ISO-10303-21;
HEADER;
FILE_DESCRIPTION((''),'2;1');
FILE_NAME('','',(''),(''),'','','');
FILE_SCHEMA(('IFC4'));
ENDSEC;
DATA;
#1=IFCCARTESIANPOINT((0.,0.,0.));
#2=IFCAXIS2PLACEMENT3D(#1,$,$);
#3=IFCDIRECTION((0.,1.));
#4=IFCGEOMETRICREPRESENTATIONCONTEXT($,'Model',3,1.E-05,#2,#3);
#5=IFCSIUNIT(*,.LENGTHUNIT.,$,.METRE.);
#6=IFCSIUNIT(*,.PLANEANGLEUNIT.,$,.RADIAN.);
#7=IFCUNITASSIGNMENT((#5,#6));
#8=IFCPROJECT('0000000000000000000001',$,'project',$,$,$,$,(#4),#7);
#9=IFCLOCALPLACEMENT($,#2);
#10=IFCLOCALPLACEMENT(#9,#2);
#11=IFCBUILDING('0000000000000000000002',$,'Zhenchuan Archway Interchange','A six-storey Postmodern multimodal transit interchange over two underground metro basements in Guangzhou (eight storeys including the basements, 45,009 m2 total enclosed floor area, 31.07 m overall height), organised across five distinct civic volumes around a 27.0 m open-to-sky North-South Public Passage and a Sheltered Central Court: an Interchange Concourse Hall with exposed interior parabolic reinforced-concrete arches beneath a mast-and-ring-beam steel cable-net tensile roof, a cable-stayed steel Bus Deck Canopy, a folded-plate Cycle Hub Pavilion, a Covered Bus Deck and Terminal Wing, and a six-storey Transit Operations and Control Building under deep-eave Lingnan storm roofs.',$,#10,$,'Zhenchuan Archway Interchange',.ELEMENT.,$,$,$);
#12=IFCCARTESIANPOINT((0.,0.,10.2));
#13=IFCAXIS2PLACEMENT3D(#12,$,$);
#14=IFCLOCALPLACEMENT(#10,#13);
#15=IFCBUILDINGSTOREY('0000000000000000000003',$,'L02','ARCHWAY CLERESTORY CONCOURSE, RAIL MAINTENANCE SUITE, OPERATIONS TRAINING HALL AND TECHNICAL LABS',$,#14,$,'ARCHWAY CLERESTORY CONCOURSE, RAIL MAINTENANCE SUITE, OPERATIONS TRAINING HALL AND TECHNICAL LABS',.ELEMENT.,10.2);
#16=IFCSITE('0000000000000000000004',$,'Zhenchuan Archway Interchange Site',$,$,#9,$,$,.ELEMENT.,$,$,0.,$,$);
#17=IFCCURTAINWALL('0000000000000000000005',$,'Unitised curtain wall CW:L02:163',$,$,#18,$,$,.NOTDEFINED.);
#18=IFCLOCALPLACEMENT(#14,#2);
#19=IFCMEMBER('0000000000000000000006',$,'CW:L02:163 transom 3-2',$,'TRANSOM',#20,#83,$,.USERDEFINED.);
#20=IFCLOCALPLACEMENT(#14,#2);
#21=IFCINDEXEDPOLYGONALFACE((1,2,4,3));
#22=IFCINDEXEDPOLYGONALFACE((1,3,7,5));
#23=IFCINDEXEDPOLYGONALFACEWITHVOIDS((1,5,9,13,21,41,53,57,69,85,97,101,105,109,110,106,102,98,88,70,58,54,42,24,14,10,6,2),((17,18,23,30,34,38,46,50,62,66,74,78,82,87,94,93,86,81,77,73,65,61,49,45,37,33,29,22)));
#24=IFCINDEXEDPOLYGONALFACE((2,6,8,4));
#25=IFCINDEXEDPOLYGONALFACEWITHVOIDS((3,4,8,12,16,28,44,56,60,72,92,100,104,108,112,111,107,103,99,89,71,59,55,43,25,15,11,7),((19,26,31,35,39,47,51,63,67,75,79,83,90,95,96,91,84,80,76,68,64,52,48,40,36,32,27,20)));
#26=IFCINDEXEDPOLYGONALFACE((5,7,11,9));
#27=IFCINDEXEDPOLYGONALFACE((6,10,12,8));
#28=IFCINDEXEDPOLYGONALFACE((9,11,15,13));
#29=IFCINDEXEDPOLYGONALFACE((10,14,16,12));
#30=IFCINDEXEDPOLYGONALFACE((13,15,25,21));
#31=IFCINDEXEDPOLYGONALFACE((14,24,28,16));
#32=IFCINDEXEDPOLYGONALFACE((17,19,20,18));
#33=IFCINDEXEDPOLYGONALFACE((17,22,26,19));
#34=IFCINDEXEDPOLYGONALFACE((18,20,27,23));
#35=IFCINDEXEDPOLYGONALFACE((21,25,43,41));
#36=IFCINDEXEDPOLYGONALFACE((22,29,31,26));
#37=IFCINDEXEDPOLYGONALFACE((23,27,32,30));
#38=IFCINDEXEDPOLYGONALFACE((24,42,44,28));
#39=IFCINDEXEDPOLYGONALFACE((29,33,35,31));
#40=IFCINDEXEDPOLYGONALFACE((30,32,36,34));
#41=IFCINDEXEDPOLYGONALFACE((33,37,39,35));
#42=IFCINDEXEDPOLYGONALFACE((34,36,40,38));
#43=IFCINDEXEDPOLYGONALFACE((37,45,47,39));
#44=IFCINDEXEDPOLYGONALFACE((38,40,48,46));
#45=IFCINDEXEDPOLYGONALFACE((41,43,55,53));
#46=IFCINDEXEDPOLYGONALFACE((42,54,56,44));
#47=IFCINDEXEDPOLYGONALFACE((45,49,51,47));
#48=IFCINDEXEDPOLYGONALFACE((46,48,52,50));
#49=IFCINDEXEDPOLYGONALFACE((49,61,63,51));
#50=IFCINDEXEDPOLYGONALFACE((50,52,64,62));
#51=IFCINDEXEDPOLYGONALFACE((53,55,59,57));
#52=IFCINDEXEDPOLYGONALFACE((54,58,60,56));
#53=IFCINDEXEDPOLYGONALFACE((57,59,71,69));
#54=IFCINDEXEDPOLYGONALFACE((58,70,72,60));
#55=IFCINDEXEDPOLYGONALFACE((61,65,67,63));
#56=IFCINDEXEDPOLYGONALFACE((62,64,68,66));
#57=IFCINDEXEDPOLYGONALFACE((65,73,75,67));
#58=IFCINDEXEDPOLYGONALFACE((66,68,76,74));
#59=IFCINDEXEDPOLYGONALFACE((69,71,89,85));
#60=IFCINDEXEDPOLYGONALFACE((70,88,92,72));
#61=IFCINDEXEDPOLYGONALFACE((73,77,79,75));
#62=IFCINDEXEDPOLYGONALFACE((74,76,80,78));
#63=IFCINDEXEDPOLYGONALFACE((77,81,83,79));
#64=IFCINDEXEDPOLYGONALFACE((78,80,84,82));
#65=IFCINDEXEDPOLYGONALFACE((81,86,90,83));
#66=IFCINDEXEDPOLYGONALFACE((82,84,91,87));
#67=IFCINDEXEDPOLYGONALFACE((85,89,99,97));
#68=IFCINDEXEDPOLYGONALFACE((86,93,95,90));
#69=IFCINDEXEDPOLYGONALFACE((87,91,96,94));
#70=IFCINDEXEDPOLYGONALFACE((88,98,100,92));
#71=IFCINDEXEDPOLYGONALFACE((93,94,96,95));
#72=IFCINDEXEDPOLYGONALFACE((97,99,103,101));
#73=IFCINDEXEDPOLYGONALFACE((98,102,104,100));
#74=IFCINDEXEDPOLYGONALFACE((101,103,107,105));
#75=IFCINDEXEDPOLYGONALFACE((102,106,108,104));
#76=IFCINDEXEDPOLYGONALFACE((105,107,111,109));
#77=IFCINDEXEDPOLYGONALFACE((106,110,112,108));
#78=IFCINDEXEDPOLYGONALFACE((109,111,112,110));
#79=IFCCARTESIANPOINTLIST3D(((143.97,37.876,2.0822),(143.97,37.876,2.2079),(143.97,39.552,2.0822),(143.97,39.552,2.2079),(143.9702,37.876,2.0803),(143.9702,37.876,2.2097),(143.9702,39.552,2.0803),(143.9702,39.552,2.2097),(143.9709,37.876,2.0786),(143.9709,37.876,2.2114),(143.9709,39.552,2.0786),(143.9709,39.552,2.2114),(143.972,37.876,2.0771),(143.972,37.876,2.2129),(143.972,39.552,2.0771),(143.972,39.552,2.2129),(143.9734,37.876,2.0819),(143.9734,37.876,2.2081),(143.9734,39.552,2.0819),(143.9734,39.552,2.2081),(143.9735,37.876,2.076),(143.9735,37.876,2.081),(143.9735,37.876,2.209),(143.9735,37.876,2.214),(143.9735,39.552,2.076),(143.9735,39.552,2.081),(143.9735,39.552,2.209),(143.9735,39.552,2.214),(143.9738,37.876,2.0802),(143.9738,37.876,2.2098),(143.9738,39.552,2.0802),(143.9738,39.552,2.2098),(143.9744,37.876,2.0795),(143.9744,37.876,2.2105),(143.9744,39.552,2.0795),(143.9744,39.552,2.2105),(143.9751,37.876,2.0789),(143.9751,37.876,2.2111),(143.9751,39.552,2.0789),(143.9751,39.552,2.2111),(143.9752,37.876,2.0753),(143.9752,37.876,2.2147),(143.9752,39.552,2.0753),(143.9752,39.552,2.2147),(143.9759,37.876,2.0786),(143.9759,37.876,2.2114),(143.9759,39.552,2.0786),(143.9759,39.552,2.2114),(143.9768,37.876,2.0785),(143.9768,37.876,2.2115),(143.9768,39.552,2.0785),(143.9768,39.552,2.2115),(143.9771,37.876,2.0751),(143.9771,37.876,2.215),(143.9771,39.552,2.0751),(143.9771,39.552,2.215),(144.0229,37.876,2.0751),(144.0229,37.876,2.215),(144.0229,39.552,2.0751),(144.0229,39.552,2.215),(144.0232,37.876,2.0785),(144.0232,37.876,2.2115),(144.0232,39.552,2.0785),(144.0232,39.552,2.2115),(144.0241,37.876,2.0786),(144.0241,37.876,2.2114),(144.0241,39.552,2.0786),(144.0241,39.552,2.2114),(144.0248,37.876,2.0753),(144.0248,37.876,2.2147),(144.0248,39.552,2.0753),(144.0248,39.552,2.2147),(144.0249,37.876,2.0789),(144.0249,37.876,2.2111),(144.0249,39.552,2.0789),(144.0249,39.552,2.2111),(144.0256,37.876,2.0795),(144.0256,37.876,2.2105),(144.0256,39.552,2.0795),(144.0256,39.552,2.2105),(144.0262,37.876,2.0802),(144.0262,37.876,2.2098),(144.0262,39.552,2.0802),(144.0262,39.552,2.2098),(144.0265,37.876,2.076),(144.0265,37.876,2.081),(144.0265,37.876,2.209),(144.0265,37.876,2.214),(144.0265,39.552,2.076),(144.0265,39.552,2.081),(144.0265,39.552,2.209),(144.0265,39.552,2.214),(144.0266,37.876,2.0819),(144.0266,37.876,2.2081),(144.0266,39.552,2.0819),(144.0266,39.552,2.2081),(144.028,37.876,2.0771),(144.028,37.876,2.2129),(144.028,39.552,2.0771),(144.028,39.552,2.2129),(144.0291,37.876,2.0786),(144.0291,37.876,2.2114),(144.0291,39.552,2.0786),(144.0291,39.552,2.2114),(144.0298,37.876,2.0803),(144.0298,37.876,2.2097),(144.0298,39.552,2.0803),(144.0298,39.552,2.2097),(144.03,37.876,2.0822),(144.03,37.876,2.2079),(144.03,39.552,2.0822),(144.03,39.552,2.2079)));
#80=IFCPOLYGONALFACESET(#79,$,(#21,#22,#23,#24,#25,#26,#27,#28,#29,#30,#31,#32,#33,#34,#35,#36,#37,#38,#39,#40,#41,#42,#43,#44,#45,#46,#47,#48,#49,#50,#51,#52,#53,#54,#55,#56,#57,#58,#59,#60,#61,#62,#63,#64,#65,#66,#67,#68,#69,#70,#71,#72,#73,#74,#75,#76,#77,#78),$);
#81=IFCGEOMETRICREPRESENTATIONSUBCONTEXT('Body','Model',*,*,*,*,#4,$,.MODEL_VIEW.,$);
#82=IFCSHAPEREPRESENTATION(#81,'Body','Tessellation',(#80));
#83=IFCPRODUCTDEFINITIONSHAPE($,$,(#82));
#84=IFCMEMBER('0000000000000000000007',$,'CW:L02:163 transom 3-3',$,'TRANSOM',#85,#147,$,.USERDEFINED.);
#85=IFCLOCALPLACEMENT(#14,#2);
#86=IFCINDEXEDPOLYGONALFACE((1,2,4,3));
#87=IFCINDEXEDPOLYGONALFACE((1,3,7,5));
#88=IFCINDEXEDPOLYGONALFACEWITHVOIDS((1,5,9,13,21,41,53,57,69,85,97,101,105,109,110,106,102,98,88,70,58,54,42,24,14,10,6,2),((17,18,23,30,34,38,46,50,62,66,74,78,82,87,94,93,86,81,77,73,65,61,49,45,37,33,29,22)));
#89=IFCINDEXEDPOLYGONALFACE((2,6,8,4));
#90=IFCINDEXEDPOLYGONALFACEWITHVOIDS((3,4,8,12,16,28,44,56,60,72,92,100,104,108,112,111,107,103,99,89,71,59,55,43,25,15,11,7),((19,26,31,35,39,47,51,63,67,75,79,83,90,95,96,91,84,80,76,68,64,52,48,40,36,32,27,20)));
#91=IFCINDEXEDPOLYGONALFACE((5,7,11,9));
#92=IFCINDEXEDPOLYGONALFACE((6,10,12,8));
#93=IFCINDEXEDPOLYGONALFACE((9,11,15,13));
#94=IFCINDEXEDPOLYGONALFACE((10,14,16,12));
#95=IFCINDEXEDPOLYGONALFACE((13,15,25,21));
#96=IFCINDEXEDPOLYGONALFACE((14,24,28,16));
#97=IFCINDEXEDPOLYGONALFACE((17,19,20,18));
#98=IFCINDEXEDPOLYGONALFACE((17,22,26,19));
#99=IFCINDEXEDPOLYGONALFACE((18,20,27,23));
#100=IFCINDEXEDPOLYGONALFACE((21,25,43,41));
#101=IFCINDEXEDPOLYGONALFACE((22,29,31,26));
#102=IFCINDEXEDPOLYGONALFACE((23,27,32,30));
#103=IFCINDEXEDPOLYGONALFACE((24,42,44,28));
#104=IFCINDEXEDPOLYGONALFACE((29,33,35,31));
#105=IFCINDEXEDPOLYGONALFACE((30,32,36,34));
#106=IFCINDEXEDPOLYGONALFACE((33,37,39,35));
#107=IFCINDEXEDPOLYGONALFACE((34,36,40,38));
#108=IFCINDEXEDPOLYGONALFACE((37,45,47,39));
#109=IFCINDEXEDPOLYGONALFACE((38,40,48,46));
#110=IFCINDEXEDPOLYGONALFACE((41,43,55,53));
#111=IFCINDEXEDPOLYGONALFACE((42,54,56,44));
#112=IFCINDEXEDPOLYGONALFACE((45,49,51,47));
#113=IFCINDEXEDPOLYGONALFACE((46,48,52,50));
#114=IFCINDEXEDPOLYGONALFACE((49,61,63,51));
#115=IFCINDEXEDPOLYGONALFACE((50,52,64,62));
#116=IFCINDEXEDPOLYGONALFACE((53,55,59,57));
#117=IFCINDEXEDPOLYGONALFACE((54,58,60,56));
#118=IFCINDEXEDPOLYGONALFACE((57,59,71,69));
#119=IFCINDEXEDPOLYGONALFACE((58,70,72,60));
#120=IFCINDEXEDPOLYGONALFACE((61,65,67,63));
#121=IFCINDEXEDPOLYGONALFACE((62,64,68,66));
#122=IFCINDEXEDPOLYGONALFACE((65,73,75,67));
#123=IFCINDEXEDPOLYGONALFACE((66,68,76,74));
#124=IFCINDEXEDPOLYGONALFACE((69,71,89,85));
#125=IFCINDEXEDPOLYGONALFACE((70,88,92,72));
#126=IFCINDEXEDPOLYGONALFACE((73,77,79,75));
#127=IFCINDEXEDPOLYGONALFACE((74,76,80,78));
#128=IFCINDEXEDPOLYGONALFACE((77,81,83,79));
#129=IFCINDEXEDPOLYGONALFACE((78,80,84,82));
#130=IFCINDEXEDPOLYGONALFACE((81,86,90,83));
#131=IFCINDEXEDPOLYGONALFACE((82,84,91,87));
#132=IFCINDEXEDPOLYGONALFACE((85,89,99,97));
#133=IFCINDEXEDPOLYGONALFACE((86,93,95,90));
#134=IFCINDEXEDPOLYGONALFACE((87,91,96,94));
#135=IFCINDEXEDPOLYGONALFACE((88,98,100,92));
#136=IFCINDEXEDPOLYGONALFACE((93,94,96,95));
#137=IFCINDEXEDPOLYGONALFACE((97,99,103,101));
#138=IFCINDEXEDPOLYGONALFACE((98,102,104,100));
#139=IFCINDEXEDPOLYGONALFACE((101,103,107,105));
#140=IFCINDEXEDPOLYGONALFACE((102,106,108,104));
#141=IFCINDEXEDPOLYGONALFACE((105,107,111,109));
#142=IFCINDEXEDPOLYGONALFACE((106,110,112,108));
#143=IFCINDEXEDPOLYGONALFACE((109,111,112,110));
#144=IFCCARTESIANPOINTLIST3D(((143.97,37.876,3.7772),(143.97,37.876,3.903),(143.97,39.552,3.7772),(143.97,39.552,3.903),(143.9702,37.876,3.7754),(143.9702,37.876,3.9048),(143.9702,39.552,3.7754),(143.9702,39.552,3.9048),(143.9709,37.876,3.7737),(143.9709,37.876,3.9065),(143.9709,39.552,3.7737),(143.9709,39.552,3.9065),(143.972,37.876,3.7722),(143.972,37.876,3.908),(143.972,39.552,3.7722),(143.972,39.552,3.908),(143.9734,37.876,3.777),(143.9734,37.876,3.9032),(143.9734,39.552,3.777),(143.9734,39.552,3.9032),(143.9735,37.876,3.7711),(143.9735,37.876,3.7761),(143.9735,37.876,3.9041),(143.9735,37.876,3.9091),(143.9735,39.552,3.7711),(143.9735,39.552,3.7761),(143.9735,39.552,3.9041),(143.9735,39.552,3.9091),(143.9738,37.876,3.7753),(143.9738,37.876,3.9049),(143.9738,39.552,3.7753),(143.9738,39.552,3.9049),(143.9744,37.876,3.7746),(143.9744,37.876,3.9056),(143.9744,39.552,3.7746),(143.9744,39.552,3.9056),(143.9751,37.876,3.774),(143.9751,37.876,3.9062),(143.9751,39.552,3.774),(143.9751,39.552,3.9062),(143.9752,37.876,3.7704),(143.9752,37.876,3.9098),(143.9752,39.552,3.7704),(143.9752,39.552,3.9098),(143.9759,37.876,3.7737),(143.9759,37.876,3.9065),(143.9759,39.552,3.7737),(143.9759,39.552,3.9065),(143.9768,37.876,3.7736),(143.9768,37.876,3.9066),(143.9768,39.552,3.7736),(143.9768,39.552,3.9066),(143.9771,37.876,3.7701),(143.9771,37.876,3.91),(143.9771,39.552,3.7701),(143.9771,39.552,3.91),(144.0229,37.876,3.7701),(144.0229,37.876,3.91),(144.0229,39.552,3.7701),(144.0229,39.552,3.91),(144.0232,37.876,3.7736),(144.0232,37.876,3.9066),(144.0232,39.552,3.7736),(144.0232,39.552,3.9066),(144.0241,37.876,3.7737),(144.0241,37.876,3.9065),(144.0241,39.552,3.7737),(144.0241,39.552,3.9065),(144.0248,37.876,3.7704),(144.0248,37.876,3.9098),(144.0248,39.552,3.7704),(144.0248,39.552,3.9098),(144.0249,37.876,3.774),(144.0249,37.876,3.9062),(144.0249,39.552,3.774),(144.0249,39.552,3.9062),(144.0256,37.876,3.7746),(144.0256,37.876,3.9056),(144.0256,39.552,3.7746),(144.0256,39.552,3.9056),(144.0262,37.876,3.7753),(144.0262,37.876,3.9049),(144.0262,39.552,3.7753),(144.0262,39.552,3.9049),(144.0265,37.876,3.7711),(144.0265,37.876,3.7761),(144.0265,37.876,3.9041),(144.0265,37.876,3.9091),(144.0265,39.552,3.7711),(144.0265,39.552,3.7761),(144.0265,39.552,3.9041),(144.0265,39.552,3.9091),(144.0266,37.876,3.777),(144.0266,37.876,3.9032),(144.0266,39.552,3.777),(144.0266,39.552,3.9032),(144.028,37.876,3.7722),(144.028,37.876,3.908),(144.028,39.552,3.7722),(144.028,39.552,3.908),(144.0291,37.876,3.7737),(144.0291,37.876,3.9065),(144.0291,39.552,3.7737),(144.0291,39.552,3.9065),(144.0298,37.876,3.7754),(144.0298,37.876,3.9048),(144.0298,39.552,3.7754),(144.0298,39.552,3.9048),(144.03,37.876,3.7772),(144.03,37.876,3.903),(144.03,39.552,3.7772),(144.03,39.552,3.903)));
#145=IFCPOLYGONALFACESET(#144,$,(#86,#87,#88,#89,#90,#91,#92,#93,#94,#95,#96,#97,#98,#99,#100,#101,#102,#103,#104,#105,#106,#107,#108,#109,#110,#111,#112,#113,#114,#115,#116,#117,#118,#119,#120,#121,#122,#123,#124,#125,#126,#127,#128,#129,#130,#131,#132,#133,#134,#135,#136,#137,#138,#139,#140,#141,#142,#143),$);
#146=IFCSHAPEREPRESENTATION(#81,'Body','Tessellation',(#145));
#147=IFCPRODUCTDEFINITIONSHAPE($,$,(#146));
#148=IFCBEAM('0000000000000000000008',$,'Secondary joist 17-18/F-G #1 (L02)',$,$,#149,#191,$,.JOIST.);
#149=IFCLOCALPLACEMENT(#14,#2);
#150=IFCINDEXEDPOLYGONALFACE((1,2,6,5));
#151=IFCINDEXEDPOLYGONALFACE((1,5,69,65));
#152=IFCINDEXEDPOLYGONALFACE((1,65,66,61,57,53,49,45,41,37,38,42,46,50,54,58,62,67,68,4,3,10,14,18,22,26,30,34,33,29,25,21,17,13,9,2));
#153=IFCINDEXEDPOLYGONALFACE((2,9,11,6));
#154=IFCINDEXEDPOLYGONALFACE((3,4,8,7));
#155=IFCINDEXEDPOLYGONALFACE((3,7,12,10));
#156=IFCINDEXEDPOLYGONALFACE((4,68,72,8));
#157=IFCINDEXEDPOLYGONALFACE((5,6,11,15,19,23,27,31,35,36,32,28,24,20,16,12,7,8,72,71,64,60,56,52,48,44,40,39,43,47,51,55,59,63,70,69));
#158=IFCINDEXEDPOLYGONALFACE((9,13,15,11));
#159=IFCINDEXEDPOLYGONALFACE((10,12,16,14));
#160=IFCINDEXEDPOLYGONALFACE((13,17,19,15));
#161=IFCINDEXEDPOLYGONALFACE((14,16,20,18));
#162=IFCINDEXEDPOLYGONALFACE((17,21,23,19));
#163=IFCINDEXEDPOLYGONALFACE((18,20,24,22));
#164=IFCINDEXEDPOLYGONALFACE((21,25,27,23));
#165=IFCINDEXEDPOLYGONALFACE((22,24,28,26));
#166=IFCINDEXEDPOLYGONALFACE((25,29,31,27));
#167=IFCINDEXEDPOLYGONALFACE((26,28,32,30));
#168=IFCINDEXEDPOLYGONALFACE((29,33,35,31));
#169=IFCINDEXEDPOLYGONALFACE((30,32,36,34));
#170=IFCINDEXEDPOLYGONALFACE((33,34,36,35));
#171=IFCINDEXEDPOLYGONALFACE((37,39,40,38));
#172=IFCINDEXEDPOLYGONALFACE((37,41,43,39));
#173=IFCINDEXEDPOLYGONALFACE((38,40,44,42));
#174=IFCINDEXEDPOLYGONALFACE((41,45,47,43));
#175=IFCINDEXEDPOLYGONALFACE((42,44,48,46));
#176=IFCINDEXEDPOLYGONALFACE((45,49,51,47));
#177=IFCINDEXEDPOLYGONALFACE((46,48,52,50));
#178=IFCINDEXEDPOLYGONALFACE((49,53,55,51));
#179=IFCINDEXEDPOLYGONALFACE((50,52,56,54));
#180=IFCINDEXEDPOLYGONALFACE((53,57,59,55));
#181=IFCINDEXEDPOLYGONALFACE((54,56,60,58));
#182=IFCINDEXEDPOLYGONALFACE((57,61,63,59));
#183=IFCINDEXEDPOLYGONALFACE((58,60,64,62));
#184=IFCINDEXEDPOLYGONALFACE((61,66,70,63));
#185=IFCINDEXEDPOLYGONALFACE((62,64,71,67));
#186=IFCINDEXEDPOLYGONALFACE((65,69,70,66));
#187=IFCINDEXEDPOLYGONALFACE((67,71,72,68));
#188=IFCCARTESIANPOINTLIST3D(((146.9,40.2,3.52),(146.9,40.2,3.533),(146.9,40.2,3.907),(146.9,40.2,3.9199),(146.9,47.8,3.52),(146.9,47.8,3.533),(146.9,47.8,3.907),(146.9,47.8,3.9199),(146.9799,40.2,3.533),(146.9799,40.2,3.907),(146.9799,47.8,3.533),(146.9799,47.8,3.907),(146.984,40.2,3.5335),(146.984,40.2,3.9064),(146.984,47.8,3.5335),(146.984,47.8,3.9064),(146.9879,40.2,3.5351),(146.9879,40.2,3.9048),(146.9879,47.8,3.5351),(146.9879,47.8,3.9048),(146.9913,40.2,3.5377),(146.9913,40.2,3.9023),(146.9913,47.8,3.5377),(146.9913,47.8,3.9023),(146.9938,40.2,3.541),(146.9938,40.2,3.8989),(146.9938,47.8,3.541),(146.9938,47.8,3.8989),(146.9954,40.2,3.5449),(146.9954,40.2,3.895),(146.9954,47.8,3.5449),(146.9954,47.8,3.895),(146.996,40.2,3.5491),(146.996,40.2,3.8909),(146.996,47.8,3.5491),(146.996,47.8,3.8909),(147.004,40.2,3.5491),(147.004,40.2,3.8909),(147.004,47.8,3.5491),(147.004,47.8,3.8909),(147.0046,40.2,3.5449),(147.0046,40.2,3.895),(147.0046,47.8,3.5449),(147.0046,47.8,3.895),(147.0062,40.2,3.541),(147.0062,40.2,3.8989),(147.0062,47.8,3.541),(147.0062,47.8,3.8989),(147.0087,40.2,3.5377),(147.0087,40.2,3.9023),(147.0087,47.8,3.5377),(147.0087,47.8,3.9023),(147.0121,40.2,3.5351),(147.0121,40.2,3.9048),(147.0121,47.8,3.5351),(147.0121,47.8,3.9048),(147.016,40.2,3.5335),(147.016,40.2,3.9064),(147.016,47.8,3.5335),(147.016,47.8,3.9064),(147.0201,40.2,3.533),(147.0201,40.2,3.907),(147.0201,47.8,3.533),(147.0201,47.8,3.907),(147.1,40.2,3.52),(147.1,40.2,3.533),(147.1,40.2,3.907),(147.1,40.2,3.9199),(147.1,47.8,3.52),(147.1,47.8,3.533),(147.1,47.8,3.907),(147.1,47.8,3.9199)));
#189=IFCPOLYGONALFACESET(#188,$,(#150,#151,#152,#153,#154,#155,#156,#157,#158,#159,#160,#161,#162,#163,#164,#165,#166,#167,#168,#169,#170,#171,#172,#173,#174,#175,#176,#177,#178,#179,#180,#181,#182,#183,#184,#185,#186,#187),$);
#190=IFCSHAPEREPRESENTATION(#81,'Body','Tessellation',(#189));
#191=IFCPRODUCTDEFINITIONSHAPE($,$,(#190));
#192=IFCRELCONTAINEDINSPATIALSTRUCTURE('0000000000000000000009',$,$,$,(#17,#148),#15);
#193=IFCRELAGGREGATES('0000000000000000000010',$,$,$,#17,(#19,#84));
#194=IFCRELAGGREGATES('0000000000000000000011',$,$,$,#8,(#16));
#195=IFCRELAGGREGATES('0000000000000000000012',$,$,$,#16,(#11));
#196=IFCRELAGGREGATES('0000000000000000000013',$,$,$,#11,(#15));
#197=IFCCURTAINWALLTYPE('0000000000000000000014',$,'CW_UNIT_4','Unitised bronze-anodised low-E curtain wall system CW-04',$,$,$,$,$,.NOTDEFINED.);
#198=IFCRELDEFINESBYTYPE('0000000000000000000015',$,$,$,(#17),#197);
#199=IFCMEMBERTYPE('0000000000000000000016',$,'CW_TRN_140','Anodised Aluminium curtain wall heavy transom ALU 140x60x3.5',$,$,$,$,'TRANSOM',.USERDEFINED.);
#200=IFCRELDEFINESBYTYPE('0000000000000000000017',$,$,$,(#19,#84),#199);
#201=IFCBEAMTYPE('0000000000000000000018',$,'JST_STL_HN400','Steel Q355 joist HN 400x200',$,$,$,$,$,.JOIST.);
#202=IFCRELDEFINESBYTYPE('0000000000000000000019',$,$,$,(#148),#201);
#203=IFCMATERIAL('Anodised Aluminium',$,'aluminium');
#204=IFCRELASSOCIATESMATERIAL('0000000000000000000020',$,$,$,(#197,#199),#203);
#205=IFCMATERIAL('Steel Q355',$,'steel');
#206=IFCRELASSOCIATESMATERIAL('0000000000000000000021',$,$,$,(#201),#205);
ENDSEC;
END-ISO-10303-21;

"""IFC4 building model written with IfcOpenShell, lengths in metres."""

from ifc_helpers import new_model, si_unit, direction, frame, origin, origin_2d, place, context, subcontext, project, spatial, hollow_rectangle, i_section, extrude, material, material_profile, profile_set, type_object, element, aggregate, save


model = new_model("IFC4")

# Units and contexts
model_context = context("Model", 3, precision=1e-05, world=origin(), true_north=direction((0.0, 1.0)))
body_context = subcontext(model_context, "Body", "Model", "MODEL_VIEW")
ifc_project = project(units=[si_unit("LENGTHUNIT", "METRE"), si_unit("PLANEANGLEUNIT", "RADIAN")], contexts=[model_context])

# Site, building, storey
site_placement = place(None, origin())
site = spatial("IfcSite", under=ifc_project, at=site_placement, Name="Zhenchuan Archway Interchange Site", CompositionType="ELEMENT", RefElevation=0.0)
building_placement = place(site_placement, origin())
building = spatial("IfcBuilding", under=site, at=building_placement, Name="Zhenchuan Archway Interchange", Description="A six-storey Postmodern multimodal transit interchange over two underground metro basements in Guangzhou (eight storeys including the basements, 45,009 m2 total enclosed floor area, 31.07 m overall height), organised across five distinct civic volumes around a 27.0 m open-to-sky North-South Public Passage and a Sheltered Central Court: an Interchange Concourse Hall with exposed interior parabolic reinforced-concrete arches beneath a mast-and-ring-beam steel cable-net tensile roof, a cable-stayed steel Bus Deck Canopy, a folded-plate Cycle Hub Pavilion, a Covered Bus Deck and Terminal Wing, and a six-storey Transit Operations and Control Building under deep-eave Lingnan storm roofs.", LongName="Zhenchuan Archway Interchange", CompositionType="ELEMENT")
storey_placement = place(building_placement, frame((0.0, 0.0, 10.2)))
storey = spatial("IfcBuildingStorey", under=building, at=storey_placement, Name="L02", Description="ARCHWAY CLERESTORY CONCOURSE, RAIL MAINTENANCE SUITE, OPERATIONS TRAINING HALL AND TECHNICAL LABS", LongName="ARCHWAY CLERESTORY CONCOURSE, RAIL MAINTENANCE SUITE, OPERATIONS TRAINING HALL AND TECHNICAL LABS", CompositionType="ELEMENT", Elevation=10.2)

# Curtain wall, members
ifc_material_1 = material(Name="Anodised Aluminium", Category="aluminium")
curtain_wall_type = type_object("IfcCurtainWallType", Name="CW_UNIT_4", Description="Unitised bronze-anodised low-E curtain wall system CW-04", PredefinedType="NOTDEFINED", material=ifc_material_1)
curtain_wall_placement = place(storey_placement, origin())
curtain_wall = element("IfcCurtainWall", 1, at=curtain_wall_placement, inside=storey, type_object=curtain_wall_type, Name="Unitised curtain wall CW:L02:163", PredefinedType="NOTDEFINED")
ifc_material_profile_1 = material_profile(ifc_material_1, hollow_rectangle(XDim=0.0601, YDim=0.1399, WallThickness=0.0034, InnerFilletRadius=0.0034, OuterFilletRadius=0.0071, at=origin_2d()), Name="ALU 140x60x3.5")
ifc_profile_set_1 = profile_set([ifc_material_profile_1], Name="Anodised Aluminium")
member_type_1 = type_object("IfcMemberType", Name="CW_TRN_140", Description="Anodised Aluminium curtain wall heavy transom ALU 140x60x3.5", ElementType="TRANSOM", PredefinedType="USERDEFINED", material=ifc_profile_set_1)
member_1_placement = place(storey_placement, frame((144.0, 37.876, 2.145), z_axis=(0.0, 1.0, 0.0), x_axis=(-1.0, 0.0, 0.0)))
member_1 = element("IfcMember", 2, at=member_1_placement, type_object=member_type_1, Name="CW:L02:163 transom 3-2", ObjectType="TRANSOM", PredefinedType="USERDEFINED", context=body_context, shape_type="SweptSolid", body=[
    extrude(hollow_rectangle(XDim=0.0601, YDim=0.1399, WallThickness=0.0034, InnerFilletRadius=0.0034, OuterFilletRadius=0.0071, at=origin_2d()), origin(), (0.0, 0.0, 1.0), 1.676),
])
member_2_placement = place(storey_placement, frame((144.0, 37.876, 3.8401), z_axis=(0.0, 1.0, 0.0), x_axis=(-1.0, 0.0, 0.0)))
member_2 = element("IfcMember", 3, at=member_2_placement, type_object=member_type_1, Name="CW:L02:163 transom 3-3", ObjectType="TRANSOM", PredefinedType="USERDEFINED", context=body_context, shape_type="SweptSolid", body=[
    extrude(hollow_rectangle(XDim=0.0601, YDim=0.1399, WallThickness=0.0034, InnerFilletRadius=0.0034, OuterFilletRadius=0.0071, at=origin_2d()), origin(), (0.0, 0.0, 1.0), 1.676),
])

# Beam
ifc_material_2 = material(Name="Steel Q355", Category="steel")
ifc_material_profile_2 = material_profile(ifc_material_2, i_section(OverallWidth=0.2, OverallDepth=0.3999, WebThickness=0.0081, FlangeThickness=0.0129, FilletRadius=0.0161, at=origin_2d()), Name="HN 400x200")
ifc_profile_set_2 = profile_set([ifc_material_profile_2], Name="Steel Q355")
beam_type_1 = type_object("IfcBeamType", Name="JST_STL_HN400", Description="Steel Q355 joist HN 400x200", PredefinedType="JOIST", material=ifc_profile_set_2)
for number, where, z_axis, x_axis, name in (
    (4, (147.0, 40.2, 3.72), (0.0, 1.0, 0.0), (-1.0, 0.0, 0.0), "Secondary joist 17-18/F-G #1 (L02)"),
):
    element("IfcBeam", number, at=place(storey_placement, frame(where, z_axis=z_axis, x_axis=x_axis)), inside=storey, type_object=beam_type_1, Name=name, PredefinedType="JOIST", context=body_context, shape_type="SweptSolid", body=[
        extrude(i_section(OverallWidth=0.2, OverallDepth=0.3999, WebThickness=0.0081, FlangeThickness=0.0129, FilletRadius=0.0161, at=origin_2d()), origin(), (0.0, 0.0, 1.0), 7.6001),
    ])

aggregate(curtain_wall, [member_1, member_2])

save(model, "model.ifc")
